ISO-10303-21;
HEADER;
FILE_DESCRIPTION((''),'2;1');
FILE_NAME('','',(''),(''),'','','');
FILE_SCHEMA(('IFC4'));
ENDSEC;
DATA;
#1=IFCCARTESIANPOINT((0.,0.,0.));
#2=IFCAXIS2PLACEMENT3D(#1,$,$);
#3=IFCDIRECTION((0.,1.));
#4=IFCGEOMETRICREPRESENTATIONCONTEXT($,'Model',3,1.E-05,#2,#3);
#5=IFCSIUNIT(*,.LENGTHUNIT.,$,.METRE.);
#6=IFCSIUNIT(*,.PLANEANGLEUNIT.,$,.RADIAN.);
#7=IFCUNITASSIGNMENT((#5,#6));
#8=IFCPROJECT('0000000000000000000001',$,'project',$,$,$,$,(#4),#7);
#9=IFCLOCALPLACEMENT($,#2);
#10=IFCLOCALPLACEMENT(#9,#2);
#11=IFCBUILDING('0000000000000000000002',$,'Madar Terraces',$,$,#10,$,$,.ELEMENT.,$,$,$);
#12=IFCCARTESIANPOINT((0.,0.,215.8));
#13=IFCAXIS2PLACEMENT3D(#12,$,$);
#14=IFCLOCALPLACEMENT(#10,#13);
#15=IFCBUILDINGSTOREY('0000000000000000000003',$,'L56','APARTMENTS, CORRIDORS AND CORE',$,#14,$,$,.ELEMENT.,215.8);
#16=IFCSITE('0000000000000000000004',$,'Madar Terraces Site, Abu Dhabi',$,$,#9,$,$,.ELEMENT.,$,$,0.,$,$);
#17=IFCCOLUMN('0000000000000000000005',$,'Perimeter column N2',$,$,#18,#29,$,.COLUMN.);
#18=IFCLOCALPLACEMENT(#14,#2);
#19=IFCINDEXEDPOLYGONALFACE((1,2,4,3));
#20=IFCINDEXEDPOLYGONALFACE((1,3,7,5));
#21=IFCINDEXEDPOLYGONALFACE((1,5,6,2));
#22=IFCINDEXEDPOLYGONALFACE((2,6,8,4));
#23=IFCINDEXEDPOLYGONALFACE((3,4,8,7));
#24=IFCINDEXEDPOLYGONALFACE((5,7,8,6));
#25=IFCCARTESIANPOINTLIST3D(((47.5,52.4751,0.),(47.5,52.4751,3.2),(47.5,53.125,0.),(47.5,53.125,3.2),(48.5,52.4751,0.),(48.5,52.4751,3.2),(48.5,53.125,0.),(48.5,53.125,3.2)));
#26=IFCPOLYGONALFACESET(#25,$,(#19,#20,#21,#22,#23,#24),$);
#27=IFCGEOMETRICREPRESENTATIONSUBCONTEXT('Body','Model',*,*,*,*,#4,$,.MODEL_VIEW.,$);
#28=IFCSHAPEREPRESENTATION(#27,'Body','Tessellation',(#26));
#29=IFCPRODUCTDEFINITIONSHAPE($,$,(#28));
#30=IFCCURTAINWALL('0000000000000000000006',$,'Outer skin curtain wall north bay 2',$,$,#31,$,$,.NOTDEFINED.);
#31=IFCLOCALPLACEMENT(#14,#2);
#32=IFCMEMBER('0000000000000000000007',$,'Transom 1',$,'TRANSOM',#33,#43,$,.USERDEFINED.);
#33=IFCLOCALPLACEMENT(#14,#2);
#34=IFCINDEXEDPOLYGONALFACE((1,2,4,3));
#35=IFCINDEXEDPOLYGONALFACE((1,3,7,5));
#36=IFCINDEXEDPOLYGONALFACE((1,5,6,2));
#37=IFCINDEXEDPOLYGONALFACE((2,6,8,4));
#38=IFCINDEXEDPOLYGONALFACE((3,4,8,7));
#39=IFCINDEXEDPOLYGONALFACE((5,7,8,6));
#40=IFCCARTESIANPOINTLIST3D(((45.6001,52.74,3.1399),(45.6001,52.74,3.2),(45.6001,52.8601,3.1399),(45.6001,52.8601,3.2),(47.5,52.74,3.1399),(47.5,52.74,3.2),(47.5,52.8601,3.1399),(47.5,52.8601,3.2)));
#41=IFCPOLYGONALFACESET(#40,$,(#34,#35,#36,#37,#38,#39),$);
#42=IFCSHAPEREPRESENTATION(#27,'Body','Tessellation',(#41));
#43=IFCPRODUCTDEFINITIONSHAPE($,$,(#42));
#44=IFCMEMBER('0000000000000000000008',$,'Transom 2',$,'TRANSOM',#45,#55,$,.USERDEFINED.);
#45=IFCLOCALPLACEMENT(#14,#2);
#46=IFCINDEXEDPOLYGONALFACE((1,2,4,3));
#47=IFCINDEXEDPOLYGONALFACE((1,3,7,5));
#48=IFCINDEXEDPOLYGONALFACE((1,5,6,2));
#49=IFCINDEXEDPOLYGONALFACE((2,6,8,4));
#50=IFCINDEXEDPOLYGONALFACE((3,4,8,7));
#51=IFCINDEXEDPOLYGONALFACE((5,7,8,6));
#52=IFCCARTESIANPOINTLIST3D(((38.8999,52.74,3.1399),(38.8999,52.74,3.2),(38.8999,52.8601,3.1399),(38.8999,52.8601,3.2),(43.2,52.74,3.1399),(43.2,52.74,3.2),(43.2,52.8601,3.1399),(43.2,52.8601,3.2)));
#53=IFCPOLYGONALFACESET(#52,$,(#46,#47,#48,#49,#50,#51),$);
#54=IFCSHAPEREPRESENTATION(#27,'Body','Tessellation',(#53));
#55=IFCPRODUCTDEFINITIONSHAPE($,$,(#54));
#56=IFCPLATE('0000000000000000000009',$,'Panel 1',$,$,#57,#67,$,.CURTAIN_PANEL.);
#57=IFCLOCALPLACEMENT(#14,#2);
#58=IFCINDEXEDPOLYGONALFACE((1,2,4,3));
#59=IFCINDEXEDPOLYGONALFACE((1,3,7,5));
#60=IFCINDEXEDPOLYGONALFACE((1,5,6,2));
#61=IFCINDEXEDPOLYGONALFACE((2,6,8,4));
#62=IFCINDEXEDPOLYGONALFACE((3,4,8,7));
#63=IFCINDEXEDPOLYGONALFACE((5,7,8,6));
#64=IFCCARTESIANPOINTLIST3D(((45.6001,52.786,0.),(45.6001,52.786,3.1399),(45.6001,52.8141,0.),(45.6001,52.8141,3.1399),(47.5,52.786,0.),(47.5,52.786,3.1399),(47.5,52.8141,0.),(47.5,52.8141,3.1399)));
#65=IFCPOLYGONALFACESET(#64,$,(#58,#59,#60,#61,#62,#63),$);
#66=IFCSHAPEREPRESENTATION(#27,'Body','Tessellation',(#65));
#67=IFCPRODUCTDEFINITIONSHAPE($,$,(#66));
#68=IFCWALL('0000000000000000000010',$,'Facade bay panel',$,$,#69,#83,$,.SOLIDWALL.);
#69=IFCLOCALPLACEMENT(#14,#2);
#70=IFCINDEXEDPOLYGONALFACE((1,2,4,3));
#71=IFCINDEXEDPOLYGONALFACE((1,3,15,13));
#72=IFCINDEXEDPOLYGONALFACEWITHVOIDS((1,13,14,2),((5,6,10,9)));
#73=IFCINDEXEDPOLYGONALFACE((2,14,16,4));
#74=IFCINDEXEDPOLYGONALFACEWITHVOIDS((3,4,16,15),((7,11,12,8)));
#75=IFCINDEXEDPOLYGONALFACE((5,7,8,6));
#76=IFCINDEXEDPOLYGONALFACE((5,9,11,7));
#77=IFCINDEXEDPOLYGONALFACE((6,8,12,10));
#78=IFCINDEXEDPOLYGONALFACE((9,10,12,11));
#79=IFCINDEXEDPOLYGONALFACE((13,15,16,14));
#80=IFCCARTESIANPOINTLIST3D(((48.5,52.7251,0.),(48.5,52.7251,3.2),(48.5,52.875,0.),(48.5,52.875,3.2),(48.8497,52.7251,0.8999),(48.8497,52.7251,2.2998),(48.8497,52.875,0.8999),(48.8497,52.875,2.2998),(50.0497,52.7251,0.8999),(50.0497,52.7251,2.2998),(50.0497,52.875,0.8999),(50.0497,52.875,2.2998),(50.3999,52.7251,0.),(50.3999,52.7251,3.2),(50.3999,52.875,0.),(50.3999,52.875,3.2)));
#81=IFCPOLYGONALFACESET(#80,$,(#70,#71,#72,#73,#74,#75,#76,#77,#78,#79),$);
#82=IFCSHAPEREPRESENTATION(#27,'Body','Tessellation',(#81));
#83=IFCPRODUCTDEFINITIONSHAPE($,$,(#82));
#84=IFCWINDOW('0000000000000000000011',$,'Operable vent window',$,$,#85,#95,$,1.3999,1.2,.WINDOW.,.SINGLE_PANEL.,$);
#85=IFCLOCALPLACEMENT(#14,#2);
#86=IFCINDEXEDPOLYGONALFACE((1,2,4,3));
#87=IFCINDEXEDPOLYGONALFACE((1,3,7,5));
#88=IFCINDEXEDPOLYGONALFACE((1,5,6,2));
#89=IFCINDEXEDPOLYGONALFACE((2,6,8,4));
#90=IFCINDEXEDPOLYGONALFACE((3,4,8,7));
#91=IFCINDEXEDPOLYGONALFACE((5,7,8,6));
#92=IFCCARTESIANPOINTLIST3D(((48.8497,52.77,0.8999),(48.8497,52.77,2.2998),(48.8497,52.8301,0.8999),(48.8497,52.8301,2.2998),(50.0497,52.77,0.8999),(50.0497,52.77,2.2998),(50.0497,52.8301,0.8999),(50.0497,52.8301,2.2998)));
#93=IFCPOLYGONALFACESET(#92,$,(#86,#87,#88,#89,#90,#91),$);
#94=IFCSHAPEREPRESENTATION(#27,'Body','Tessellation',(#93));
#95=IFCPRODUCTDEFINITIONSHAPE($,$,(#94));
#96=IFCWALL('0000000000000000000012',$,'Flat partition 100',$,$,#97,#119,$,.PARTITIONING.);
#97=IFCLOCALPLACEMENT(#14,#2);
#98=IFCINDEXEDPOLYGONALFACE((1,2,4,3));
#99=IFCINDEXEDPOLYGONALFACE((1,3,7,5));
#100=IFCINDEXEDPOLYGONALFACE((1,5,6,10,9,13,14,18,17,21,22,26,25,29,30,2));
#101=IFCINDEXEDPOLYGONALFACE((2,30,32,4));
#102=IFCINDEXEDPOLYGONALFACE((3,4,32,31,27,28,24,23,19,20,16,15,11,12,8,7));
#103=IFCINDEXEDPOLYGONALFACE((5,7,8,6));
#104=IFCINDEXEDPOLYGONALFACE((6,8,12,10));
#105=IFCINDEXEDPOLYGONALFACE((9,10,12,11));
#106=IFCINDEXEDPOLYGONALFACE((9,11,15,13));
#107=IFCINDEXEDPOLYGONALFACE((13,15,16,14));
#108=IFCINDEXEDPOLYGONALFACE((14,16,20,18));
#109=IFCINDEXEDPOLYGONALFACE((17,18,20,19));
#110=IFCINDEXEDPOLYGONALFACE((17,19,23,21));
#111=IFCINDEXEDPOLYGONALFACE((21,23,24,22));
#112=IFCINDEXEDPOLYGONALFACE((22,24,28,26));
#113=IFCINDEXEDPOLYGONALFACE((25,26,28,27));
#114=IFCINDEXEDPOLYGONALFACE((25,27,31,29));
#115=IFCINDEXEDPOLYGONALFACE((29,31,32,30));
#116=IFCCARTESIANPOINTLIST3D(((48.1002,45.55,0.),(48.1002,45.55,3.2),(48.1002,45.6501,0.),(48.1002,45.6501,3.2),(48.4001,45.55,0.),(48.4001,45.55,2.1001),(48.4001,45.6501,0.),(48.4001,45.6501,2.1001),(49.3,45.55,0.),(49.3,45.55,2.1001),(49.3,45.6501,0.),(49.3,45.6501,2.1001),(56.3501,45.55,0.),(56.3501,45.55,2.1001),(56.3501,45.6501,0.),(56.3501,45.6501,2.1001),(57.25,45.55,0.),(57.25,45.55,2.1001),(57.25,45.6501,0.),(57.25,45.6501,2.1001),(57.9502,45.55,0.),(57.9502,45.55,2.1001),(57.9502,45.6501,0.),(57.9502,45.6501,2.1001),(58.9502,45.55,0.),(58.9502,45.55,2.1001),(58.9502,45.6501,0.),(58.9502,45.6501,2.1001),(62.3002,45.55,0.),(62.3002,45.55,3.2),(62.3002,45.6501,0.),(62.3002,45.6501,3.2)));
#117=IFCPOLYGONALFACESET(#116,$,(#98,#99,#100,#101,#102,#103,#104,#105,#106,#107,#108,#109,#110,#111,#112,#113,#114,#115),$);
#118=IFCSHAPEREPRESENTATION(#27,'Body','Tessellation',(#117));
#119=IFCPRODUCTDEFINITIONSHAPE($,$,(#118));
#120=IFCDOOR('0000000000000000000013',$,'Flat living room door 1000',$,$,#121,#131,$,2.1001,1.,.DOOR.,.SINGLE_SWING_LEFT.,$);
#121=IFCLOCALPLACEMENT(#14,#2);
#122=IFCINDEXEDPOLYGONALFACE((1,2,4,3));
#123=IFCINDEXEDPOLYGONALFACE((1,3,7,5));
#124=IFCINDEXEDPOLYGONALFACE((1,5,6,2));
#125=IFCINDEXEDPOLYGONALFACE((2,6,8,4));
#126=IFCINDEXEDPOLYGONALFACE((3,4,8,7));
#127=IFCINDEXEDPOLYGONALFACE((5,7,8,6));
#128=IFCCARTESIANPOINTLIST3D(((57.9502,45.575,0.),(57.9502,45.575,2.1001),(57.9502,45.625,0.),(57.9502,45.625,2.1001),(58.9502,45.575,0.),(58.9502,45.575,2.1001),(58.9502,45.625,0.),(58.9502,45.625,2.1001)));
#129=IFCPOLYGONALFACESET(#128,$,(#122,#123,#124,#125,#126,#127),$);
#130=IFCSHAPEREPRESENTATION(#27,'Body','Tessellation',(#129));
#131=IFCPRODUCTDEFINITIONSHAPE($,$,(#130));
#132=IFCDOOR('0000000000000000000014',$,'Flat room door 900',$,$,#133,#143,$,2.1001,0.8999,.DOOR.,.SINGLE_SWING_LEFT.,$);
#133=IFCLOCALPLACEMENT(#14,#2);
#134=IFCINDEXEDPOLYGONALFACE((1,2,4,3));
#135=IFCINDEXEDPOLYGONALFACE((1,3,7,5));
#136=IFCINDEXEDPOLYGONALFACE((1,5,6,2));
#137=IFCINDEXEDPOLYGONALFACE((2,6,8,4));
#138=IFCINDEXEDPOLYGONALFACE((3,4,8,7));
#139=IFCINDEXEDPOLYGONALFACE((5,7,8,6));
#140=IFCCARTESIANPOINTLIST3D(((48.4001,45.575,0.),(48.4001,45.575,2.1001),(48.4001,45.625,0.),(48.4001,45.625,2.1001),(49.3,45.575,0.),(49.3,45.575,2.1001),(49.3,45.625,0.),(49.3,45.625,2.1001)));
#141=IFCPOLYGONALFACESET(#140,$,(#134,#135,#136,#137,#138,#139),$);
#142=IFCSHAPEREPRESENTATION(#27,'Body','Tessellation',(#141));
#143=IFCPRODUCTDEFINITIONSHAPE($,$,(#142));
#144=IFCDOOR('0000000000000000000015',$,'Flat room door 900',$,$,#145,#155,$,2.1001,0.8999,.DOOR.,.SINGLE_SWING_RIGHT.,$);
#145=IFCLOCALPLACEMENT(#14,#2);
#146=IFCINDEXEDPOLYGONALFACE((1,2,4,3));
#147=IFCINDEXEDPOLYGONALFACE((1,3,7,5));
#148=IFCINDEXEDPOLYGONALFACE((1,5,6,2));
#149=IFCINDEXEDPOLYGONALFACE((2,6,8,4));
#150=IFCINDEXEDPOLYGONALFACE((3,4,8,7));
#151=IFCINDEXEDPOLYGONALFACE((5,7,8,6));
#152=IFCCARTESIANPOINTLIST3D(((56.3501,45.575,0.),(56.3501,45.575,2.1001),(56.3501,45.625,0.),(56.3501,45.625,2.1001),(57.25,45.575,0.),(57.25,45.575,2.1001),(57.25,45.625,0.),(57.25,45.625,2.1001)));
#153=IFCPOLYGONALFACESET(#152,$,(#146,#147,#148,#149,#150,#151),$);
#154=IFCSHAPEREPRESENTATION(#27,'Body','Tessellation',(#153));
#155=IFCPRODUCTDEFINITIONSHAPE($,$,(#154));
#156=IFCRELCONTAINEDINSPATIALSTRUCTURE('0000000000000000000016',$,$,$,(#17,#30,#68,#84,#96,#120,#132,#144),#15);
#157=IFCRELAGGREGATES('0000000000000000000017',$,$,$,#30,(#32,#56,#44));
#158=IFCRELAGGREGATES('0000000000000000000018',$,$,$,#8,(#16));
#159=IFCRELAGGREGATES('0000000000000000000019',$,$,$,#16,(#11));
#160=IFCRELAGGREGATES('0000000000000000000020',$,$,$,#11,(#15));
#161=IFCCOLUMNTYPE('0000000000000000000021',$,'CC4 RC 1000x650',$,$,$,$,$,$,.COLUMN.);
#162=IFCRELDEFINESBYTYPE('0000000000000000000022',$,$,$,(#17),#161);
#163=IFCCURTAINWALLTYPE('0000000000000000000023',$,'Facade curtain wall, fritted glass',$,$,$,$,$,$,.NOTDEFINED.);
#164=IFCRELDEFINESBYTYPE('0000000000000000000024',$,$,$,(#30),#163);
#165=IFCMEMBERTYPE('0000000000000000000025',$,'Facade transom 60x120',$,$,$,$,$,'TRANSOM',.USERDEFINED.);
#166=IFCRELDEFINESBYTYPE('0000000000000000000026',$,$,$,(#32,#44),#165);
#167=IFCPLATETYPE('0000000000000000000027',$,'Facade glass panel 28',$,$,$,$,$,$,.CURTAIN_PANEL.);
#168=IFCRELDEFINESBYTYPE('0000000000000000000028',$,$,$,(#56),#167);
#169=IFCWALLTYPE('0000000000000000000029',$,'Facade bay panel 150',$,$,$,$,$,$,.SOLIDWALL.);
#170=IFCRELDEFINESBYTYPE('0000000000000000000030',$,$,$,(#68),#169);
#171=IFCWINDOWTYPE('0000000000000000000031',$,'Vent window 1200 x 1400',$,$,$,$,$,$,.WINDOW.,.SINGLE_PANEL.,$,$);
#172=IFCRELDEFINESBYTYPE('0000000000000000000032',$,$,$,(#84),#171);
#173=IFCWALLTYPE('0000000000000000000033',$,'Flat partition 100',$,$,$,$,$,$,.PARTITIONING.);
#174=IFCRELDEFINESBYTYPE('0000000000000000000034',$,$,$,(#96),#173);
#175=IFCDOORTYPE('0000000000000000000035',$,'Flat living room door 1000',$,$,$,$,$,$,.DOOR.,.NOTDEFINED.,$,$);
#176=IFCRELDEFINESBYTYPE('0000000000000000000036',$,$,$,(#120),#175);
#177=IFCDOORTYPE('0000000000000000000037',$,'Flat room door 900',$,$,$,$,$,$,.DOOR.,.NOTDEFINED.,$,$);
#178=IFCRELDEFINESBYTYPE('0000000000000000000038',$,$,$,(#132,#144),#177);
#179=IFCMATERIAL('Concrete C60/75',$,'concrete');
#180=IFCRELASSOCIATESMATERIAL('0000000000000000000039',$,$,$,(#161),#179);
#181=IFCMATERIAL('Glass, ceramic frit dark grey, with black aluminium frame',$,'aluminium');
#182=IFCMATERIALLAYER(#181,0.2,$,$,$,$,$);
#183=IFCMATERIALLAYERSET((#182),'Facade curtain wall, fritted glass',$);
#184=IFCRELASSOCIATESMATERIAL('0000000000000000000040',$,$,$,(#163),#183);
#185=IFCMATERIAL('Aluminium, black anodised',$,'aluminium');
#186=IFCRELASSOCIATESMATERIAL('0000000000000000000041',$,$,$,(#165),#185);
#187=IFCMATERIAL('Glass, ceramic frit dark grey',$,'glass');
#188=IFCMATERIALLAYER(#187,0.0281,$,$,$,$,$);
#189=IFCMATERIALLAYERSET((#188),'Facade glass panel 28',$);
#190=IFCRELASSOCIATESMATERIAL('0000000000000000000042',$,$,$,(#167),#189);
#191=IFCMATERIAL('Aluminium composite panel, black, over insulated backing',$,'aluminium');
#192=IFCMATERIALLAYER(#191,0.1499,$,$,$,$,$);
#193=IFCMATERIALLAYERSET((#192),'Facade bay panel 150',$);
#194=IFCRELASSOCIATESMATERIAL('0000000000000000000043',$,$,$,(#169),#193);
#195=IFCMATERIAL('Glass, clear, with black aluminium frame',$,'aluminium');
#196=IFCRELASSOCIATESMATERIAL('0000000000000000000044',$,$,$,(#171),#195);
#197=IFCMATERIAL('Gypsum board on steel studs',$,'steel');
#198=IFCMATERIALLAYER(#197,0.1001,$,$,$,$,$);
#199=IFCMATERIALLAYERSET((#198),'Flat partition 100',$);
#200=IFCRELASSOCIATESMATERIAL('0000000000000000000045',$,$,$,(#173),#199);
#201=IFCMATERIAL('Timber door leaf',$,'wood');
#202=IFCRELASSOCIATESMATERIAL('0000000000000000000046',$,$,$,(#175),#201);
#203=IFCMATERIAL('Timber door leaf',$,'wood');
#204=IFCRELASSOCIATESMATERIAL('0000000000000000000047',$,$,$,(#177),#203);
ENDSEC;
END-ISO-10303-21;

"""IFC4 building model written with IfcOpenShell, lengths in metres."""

from ifc_helpers import new_model, si_unit, direction, frame, frame_2d, origin, origin_2d, place, context, subcontext, project, spatial, rectangle, extrude, material, layer, layer_set, material_profile, profile_set, type_object, element, fill, aggregate, save


model = new_model("IFC4")

# Units and contexts
model_context = context("Model", 3, precision=1e-05, world=origin(), true_north=direction((0.0, 1.0)))
body_context = subcontext(model_context, "Body", "Model", "MODEL_VIEW")
ifc_project = project(units=[si_unit("LENGTHUNIT", "METRE"), si_unit("PLANEANGLEUNIT", "RADIAN")], contexts=[model_context])

# Site, building, storey
site_placement = place(None, origin())
site = spatial("IfcSite", under=ifc_project, at=site_placement, Name="Madar Terraces Site, Abu Dhabi", CompositionType="ELEMENT", RefElevation=0.0)
building_placement = place(site_placement, origin())
building = spatial("IfcBuilding", under=site, at=building_placement, Name="Madar Terraces", CompositionType="ELEMENT")
storey_placement = place(building_placement, frame((0.0, 0.0, 215.8)))
storey = spatial("IfcBuildingStorey", under=building, at=storey_placement, Name="L56", Description="APARTMENTS, CORRIDORS AND CORE", CompositionType="ELEMENT", Elevation=215.8)

# Column
ifc_material_1 = material(Name="Concrete C60/75", Category="concrete")
ifc_material_profile_1 = material_profile(ifc_material_1, rectangle(XDim=1.0, YDim=0.6499, at=origin_2d()), Name="CC4 RC 1000x650")
ifc_profile_set_1 = profile_set([ifc_material_profile_1], Name="Concrete C60/75")
column_type = type_object("IfcColumnType", Name="CC4 RC 1000x650", PredefinedType="COLUMN", material=ifc_profile_set_1)
column_placement = place(storey_placement, frame((48.0, 52.8, 0.0), z_axis=(0.0, 0.0, 1.0), x_axis=(1.0, 0.0, 0.0)))
element("IfcColumn", 1, at=column_placement, inside=storey, type_object=column_type, Name="Perimeter column N2", PredefinedType="COLUMN", context=body_context, shape_type="SweptSolid", body=[
    extrude(rectangle(XDim=1.0, YDim=0.6499, at=origin_2d()), origin(), (0.0, 0.0, 1.0), 3.2),
])

# Curtain wall, members, plate
ifc_material_2 = material(Name="Glass, ceramic frit dark grey, with black aluminium frame", Category="aluminium")
ifc_layer_1 = layer(ifc_material_2, 0.2)
ifc_layer_set_1 = layer_set([ifc_layer_1], Name="Facade curtain wall, fritted glass")
curtain_wall_type = type_object("IfcCurtainWallType", Name="Facade curtain wall, fritted glass", PredefinedType="NOTDEFINED", material=ifc_layer_set_1)
curtain_wall_placement = place(storey_placement, origin())
curtain_wall = element("IfcCurtainWall", 2, at=curtain_wall_placement, inside=storey, type_object=curtain_wall_type, Name="Outer skin curtain wall north bay 2", PredefinedType="NOTDEFINED")
ifc_material_3 = material(Name="Aluminium, black anodised", Category="aluminium")
ifc_material_profile_2 = material_profile(ifc_material_3, rectangle(XDim=0.1201, YDim=0.0601, at=origin_2d()), Name="Facade transom 60x120")
ifc_profile_set_2 = profile_set([ifc_material_profile_2], Name="Aluminium, black anodised")
member_type = type_object("IfcMemberType", Name="Facade transom 60x120", ElementType="TRANSOM", PredefinedType="USERDEFINED", material=ifc_profile_set_2)
member_1_placement = place(storey_placement, frame((47.5, 52.8, 3.1699), z_axis=(-1.0, 0.0, 0.0), x_axis=(0.0, -1.0, 0.0)))
member_1 = element("IfcMember", 3, at=member_1_placement, type_object=member_type, Name="Transom 1", ObjectType="TRANSOM", PredefinedType="USERDEFINED", context=body_context, shape_type="SweptSolid", body=[
    extrude(rectangle(XDim=0.1201, YDim=0.0601, at=origin_2d()), origin(), (0.0, 0.0, 1.0), 1.8999),
])
member_2_placement = place(storey_placement, frame((43.2, 52.8, 3.1699), z_axis=(-1.0, 0.0, 0.0), x_axis=(0.0, -1.0, 0.0)))
member_2 = element("IfcMember", 4, at=member_2_placement, type_object=member_type, Name="Transom 2", ObjectType="TRANSOM", PredefinedType="USERDEFINED", context=body_context, shape_type="SweptSolid", body=[
    extrude(rectangle(XDim=0.1201, YDim=0.0601, at=origin_2d()), origin(), (0.0, 0.0, 1.0), 4.3),
])
ifc_material_4 = material(Name="Glass, ceramic frit dark grey", Category="glass")
ifc_layer_2 = layer(ifc_material_4, 0.0281)
ifc_layer_set_2 = layer_set([ifc_layer_2], Name="Facade glass panel 28")
plate_type = type_object("IfcPlateType", Name="Facade glass panel 28", PredefinedType="CURTAIN_PANEL", material=ifc_layer_set_2)
plate_placement = place(storey_placement, frame((46.55, 52.8, 0.0), z_axis=(0.0, 0.0, 1.0), x_axis=(-1.0, 0.0, 0.0)))
plate = element("IfcPlate", 5, at=plate_placement, type_object=plate_type, Name="Panel 1", PredefinedType="CURTAIN_PANEL", context=body_context, shape_type="SweptSolid", body=[
    extrude(rectangle(XDim=1.8999, YDim=0.0281, at=origin_2d()), origin(), (0.0, 0.0, 1.0), 3.1399),
])
aggregate(curtain_wall, [member_1, plate, member_2])

# Wall, opening, window
ifc_material_5 = material(Name="Aluminium composite panel, black, over insulated backing", Category="aluminium")
ifc_layer_3 = layer(ifc_material_5, 0.1499)
ifc_layer_set_3 = layer_set([ifc_layer_3], Name="Facade bay panel 150")
wall_type_1 = type_object("IfcWallType", Name="Facade bay panel 150", PredefinedType="SOLIDWALL", material=ifc_layer_set_3)
wall_1_placement = place(storey_placement, frame((50.3999, 52.8, 0.0), z_axis=(0.0, 0.0, 1.0), x_axis=(-1.0, 0.0, 0.0)))
wall_1 = element("IfcWall", 6, at=wall_1_placement, inside=storey, type_object=wall_type_1, Name="Facade bay panel", PredefinedType="SOLIDWALL", context=body_context, shape_type="SweptSolid", body=[
    extrude(rectangle(XDim=1.8999, YDim=0.1499, at=frame_2d((0.95, 0.0))), origin(), (0.0, 0.0, 1.0), 3.2),
])
opening_1_placement = place(wall_1_placement, frame((0.3501, 0.0, 0.8999)))
opening_1 = element("IfcOpeningElement", 7, at=opening_1_placement, cuts=wall_1, PredefinedType="OPENING", context=body_context, shape_type="SweptSolid", body=[
    extrude(rectangle(XDim=1.2, YDim=1.3999, at=frame_2d((0.6001, 0.7))), frame((0.0, 0.085, 0.0), z_axis=(0.0, -1.0, 0.0), x_axis=(1.0, 0.0, 0.0)), (0.0, 0.0, 1.0), 0.1699),
])
ifc_material_6 = material(Name="Glass, clear, with black aluminium frame", Category="aluminium")
window_type = type_object("IfcWindowType", Name="Vent window 1200 x 1400", PartitioningType="SINGLE_PANEL", PredefinedType="WINDOW", material=ifc_material_6)
window_placement = place(opening_1_placement, origin())
window = element("IfcWindow", 8, at=window_placement, inside=storey, type_object=window_type, Name="Operable vent window", OverallHeight=1.3999, OverallWidth=1.2, PartitioningType="SINGLE_PANEL", PredefinedType="WINDOW", context=body_context, shape_type="SweptSolid", body=[
    extrude(rectangle(XDim=1.2, YDim=1.3999, at=frame_2d((0.6001, 0.7))), frame((0.0, 0.03, 0.0), z_axis=(0.0, -1.0, 0.0), x_axis=(1.0, 0.0, 0.0)), (0.0, 0.0, 1.0), 0.0601),
])
fill(opening_1, window)

# Wall, openings, doors
ifc_material_7 = material(Name="Gypsum board on steel studs", Category="steel")
ifc_layer_4 = layer(ifc_material_7, 0.1001)
ifc_layer_set_4 = layer_set([ifc_layer_4], Name="Flat partition 100")
wall_type_2 = type_object("IfcWallType", Name="Flat partition 100", PredefinedType="PARTITIONING", material=ifc_layer_set_4)
wall_2_placement = place(storey_placement, frame((48.1001, 45.6001, 0.0), z_axis=(0.0, 0.0, 1.0), x_axis=(1.0, 0.0, 0.0)))
wall_2 = element("IfcWall", 9, at=wall_2_placement, inside=storey, type_object=wall_type_2, Name="Flat partition 100", PredefinedType="PARTITIONING", context=body_context, shape_type="SweptSolid", body=[
    extrude(rectangle(XDim=14.2, YDim=0.1001, at=frame_2d((7.1001, 0.0))), origin(), (0.0, 0.0, 1.0), 3.2),
])
opening_2_placement = place(wall_2_placement, frame((0.3, 0.0, 0.0)))
opening_2 = element("IfcOpeningElement", 10, at=opening_2_placement, cuts=wall_2, PredefinedType="OPENING", context=body_context, shape_type="SweptSolid", body=[
    extrude(rectangle(XDim=0.8999, YDim=2.1001, at=frame_2d((0.45, 1.05))), frame((0.0, 0.0601, 0.0), z_axis=(0.0, -1.0, 0.0), x_axis=(1.0, 0.0, 0.0)), (0.0, 0.0, 1.0), 0.1201),
])
opening_3_placement = place(wall_2_placement, frame((8.25, 0.0, 0.0)))
opening_3 = element("IfcOpeningElement", 11, at=opening_3_placement, cuts=wall_2, PredefinedType="OPENING", context=body_context, shape_type="SweptSolid", body=[
    extrude(rectangle(XDim=0.8999, YDim=2.1001, at=frame_2d((0.45, 1.05))), frame((0.0, 0.0601, 0.0), z_axis=(0.0, -1.0, 0.0), x_axis=(1.0, 0.0, 0.0)), (0.0, 0.0, 1.0), 0.1201),
])
opening_4_placement = place(wall_2_placement, frame((9.8501, 0.0, 0.0)))
opening_4 = element("IfcOpeningElement", 12, at=opening_4_placement, cuts=wall_2, PredefinedType="OPENING", context=body_context, shape_type="SweptSolid", body=[
    extrude(rectangle(XDim=1.0, YDim=2.1001, at=frame_2d((0.5, 1.05))), frame((0.0, 0.0601, 0.0), z_axis=(0.0, -1.0, 0.0), x_axis=(1.0, 0.0, 0.0)), (0.0, 0.0, 1.0), 0.1201),
])
ifc_material_8 = material(Name="Timber door leaf", Category="wood")
door_type_1 = type_object("IfcDoorType", Name="Flat living room door 1000", OperationType="NOTDEFINED", PredefinedType="DOOR", material=ifc_material_8)
door_1_placement = place(opening_4_placement, origin())
door_1 = element("IfcDoor", 13, at=door_1_placement, inside=storey, type_object=door_type_1, Name="Flat living room door 1000", OperationType="SINGLE_SWING_LEFT", OverallHeight=2.1001, OverallWidth=1.0, PredefinedType="DOOR", context=body_context, shape_type="SweptSolid", body=[
    extrude(rectangle(XDim=1.0, YDim=2.1001, at=frame_2d((0.5, 1.05))), frame((0.0, 0.0249, 0.0), z_axis=(0.0, -1.0, 0.0), x_axis=(1.0, 0.0, 0.0)), (0.0, 0.0, 1.0), 0.05),
])
fill(opening_4, door_1)
ifc_material_9 = material(Name="Timber door leaf", Category="wood")
door_type_2 = type_object("IfcDoorType", Name="Flat room door 900", OperationType="NOTDEFINED", PredefinedType="DOOR", material=ifc_material_9)
door_2_placement = place(opening_2_placement, origin())
door_2 = element("IfcDoor", 14, at=door_2_placement, inside=storey, type_object=door_type_2, Name="Flat room door 900", OperationType="SINGLE_SWING_LEFT", OverallHeight=2.1001, OverallWidth=0.8999, PredefinedType="DOOR", context=body_context, shape_type="SweptSolid", body=[
    extrude(rectangle(XDim=0.8999, YDim=2.1001, at=frame_2d((0.45, 1.05))), frame((0.0, 0.0249, 0.0), z_axis=(0.0, -1.0, 0.0), x_axis=(1.0, 0.0, 0.0)), (0.0, 0.0, 1.0), 0.05),
])
fill(opening_2, door_2)
door_3_placement = place(opening_3_placement, origin())
door_3 = element("IfcDoor", 15, at=door_3_placement, inside=storey, type_object=door_type_2, Name="Flat room door 900", OperationType="SINGLE_SWING_RIGHT", OverallHeight=2.1001, OverallWidth=0.8999, PredefinedType="DOOR", context=body_context, shape_type="SweptSolid", body=[
    extrude(rectangle(XDim=0.8999, YDim=2.1001, at=frame_2d((0.45, 1.05))), frame((0.0, 0.0249, 0.0), z_axis=(0.0, -1.0, 0.0), x_axis=(1.0, 0.0, 0.0)), (0.0, 0.0, 1.0), 0.05),
])
fill(opening_3, door_3)

save(model, "model.ifc")
